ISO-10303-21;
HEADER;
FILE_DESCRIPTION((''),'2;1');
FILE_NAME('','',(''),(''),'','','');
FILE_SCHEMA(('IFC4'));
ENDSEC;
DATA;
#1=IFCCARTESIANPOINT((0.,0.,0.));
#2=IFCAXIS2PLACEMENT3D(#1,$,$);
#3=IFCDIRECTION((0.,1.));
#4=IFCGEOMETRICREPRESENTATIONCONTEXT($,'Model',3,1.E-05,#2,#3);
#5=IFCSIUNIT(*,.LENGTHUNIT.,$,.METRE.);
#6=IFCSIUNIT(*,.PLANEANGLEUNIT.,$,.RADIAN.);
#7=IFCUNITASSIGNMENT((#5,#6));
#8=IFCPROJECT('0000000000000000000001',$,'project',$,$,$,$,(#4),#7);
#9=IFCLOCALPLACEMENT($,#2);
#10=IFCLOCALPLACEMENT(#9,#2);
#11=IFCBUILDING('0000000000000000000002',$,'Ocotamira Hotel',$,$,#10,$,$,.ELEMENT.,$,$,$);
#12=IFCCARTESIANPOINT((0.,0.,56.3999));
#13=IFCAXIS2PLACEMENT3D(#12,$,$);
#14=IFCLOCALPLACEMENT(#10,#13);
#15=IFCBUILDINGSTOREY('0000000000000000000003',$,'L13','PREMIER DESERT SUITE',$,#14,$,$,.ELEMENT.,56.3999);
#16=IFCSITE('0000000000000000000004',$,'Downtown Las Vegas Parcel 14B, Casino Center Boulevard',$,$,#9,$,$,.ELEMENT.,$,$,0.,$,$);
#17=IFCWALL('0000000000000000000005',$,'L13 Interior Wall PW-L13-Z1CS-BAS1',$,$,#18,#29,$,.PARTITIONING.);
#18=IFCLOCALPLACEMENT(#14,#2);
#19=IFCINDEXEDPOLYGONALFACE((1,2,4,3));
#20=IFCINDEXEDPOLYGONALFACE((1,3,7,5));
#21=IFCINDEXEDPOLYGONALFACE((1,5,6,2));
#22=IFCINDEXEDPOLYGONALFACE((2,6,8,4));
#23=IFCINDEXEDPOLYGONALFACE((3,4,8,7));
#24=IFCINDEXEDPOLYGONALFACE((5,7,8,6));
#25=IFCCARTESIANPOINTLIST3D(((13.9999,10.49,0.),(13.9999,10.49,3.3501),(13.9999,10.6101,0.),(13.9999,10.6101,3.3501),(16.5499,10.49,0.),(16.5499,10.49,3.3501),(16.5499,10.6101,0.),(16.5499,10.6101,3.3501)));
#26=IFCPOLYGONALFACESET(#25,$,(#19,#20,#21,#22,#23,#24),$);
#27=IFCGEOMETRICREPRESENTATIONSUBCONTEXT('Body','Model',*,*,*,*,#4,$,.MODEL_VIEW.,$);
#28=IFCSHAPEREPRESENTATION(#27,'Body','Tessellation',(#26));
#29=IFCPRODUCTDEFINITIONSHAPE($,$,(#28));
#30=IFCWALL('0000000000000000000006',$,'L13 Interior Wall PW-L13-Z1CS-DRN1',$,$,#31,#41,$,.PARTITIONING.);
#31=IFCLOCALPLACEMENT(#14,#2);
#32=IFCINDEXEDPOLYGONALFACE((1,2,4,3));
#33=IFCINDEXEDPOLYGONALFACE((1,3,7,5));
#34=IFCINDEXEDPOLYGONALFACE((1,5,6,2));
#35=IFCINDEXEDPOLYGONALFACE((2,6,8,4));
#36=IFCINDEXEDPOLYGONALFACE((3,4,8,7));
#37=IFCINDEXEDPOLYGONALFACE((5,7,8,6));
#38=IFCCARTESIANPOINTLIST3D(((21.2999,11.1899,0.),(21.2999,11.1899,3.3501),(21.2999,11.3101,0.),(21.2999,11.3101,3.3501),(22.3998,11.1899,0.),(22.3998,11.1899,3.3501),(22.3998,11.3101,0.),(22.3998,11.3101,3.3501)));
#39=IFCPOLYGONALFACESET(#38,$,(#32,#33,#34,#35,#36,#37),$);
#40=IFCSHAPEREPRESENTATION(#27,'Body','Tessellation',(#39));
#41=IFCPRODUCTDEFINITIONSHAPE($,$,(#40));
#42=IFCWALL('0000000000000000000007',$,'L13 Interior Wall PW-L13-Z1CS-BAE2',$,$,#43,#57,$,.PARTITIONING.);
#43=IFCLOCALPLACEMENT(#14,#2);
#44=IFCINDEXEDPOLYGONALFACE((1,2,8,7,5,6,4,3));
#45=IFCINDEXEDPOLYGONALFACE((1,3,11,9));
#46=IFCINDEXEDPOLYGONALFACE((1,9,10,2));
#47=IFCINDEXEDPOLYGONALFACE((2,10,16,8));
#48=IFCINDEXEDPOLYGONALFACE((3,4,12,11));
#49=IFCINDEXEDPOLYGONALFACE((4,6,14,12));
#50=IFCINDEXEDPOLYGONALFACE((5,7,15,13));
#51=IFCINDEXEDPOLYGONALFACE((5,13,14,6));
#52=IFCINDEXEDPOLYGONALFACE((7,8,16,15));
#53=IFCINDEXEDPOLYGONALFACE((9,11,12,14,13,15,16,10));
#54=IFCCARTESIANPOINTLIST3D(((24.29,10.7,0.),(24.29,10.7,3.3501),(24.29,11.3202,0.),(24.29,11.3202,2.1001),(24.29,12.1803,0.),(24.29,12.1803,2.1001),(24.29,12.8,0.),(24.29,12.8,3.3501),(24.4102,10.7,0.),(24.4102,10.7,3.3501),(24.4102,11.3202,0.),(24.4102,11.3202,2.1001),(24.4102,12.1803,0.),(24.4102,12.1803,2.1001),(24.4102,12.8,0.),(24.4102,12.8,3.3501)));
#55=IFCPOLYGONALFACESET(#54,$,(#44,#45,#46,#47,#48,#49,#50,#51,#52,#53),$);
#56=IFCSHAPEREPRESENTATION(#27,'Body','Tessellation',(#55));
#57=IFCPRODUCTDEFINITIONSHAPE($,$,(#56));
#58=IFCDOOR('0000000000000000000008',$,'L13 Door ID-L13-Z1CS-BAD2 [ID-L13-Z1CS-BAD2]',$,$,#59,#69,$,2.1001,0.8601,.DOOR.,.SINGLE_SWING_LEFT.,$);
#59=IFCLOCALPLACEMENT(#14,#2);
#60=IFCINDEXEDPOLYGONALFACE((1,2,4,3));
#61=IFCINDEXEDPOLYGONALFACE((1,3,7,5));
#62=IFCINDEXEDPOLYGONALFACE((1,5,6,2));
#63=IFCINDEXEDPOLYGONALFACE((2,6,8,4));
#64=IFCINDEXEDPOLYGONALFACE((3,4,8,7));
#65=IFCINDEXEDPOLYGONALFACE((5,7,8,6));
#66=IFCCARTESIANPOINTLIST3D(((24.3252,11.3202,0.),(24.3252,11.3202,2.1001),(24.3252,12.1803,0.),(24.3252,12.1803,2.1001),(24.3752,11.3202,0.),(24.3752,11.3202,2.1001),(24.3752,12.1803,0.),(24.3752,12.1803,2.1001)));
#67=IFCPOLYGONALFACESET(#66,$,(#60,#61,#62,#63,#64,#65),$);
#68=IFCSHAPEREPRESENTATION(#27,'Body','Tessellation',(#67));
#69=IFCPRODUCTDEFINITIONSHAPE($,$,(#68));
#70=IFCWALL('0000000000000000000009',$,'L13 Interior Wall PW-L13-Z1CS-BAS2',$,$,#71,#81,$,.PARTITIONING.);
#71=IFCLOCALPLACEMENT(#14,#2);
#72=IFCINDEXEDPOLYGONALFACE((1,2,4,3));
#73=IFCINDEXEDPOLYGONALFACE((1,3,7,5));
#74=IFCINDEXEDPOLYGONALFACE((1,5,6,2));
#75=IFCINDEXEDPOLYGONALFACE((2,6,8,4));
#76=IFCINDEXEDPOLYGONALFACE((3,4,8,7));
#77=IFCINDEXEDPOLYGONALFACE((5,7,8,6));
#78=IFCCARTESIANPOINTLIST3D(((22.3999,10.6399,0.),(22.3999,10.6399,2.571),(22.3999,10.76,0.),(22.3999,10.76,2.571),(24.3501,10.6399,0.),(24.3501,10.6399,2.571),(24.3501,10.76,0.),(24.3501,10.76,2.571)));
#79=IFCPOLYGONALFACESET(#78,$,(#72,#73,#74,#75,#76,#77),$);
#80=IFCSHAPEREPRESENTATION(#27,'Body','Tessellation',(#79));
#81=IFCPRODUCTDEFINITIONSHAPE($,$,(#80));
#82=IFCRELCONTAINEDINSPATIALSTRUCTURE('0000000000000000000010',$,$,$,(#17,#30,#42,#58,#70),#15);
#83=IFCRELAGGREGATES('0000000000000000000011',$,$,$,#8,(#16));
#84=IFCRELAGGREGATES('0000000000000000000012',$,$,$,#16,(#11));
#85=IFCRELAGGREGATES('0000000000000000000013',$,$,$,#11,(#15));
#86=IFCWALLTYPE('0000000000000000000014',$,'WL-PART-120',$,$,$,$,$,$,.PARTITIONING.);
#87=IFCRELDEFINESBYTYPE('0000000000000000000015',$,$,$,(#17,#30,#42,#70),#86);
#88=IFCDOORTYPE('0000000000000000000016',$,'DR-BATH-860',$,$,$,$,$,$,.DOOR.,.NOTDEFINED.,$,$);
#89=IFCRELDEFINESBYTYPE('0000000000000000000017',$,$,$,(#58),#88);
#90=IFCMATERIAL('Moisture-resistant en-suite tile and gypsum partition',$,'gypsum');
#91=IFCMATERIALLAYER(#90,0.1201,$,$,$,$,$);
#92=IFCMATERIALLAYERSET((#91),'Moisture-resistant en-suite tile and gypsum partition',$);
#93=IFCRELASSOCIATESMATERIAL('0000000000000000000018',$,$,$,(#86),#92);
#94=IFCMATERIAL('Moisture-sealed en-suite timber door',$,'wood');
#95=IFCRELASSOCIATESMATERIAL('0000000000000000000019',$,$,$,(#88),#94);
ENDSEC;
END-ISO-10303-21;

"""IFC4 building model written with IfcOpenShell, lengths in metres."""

from ifc_helpers import new_model, si_unit, direction, frame, frame_2d, origin, place, context, subcontext, project, spatial, rectangle, extrude, source, transform, mapped, material, layer, layer_set, type_object, element, fill, save


model = new_model("IFC4")

# Units and contexts
model_context = context("Model", 3, precision=1e-05, world=origin(), true_north=direction((0.0, 1.0)))
body_context = subcontext(model_context, "Body", "Model", "MODEL_VIEW")
ifc_project = project(units=[si_unit("LENGTHUNIT", "METRE"), si_unit("PLANEANGLEUNIT", "RADIAN")], contexts=[model_context])

# Site, building, storey
site_placement = place(None, origin())
site = spatial("IfcSite", under=ifc_project, at=site_placement, Name="Downtown Las Vegas Parcel 14B, Casino Center Boulevard", CompositionType="ELEMENT", RefElevation=0.0)
building_placement = place(site_placement, origin())
building = spatial("IfcBuilding", under=site, at=building_placement, Name="Ocotamira Hotel", CompositionType="ELEMENT")
storey_placement = place(building_placement, frame((0.0, 0.0, 56.3999)))
storey = spatial("IfcBuildingStorey", under=building, at=storey_placement, Name="L13", Description="PREMIER DESERT SUITE", CompositionType="ELEMENT", Elevation=56.3999)

# Shared definitions
ifc_material_1 = material(Name="Moisture-resistant en-suite tile and gypsum partition", Category="gypsum")
ifc_layer_1 = layer(ifc_material_1, 0.1201)
ifc_layer_set_1 = layer_set([ifc_layer_1], Name="Moisture-resistant en-suite tile and gypsum partition")
wall_type_1 = type_object("IfcWallType", Name="WL-PART-120", PredefinedType="PARTITIONING", material=ifc_layer_set_1)

# Walls
wall_1_placement = place(storey_placement, frame((14.0, 10.55, 0.0), z_axis=(0.0, 0.0, 1.0), x_axis=(1.0, 0.0, 0.0)))
element("IfcWall", 1, at=wall_1_placement, inside=storey, type_object=wall_type_1, Name="L13 Interior Wall PW-L13-Z1CS-BAS1", PredefinedType="PARTITIONING", context=body_context, shape_type="SweptSolid", body=[
    extrude(rectangle(XDim=2.55, YDim=0.1201, at=frame_2d((1.2749, 0.0))), origin(), (0.0, 0.0, 1.0), 3.3501),
])
wall_2_placement = place(storey_placement, frame((21.3, 11.25, 0.0), z_axis=(0.0, 0.0, 1.0), x_axis=(1.0, 0.0, 0.0)))
element("IfcWall", 2, at=wall_2_placement, inside=storey, type_object=wall_type_1, Name="L13 Interior Wall PW-L13-Z1CS-DRN1", PredefinedType="PARTITIONING", context=body_context, shape_type="SweptSolid", body=[
    extrude(rectangle(XDim=1.0999, YDim=0.1201, at=frame_2d((0.5498, 0.0))), origin(), (0.0, 0.0, 1.0), 3.3501),
])

# Wall, opening, door
wall_3_placement = place(storey_placement, frame((24.3501, 10.7, 0.0), z_axis=(0.0, 0.0, 1.0), x_axis=(0.0, 1.0, 0.0)))
wall_3 = element("IfcWall", 3, at=wall_3_placement, inside=storey, type_object=wall_type_1, Name="L13 Interior Wall PW-L13-Z1CS-BAE2", PredefinedType="PARTITIONING", context=body_context, shape_type="SweptSolid", body=[
    extrude(rectangle(XDim=2.1001, YDim=0.1201, at=frame_2d((1.05, 0.0))), origin(), (0.0, 0.0, 1.0), 3.3501),
])
opening_1_placement = place(wall_3_placement, frame((0.6201, 0.0, 0.0)))
opening_1 = element("IfcOpeningElement", 4, at=opening_1_placement, cuts=wall_3, PredefinedType="OPENING", context=body_context, shape_type="SweptSolid", body=[
    extrude(rectangle(XDim=0.8601, YDim=2.1001, at=frame_2d((0.4302, 1.05))), frame((0.0, 0.0701, 0.0), z_axis=(0.0, -1.0, 0.0), x_axis=(1.0, 0.0, 0.0)), (0.0, 0.0, 1.0), 0.1401),
])
ifc_material_2 = material(Name="Moisture-sealed en-suite timber door", Category="wood")
door_type_1 = type_object("IfcDoorType", Name="DR-BATH-860", OperationType="NOTDEFINED", PredefinedType="DOOR", material=ifc_material_2)
shared_shape_1 = source(origin(), body_context, "Body", "SweptSolid", [
    extrude(rectangle(XDim=0.8601, YDim=2.1001, at=frame_2d((0.4302, 1.05))), frame((0.0, 0.0249, 0.0), z_axis=(0.0, -1.0, 0.0), x_axis=(1.0, 0.0, 0.0)), (0.0, 0.0, 1.0), 0.05),
])
door_1_placement = place(opening_1_placement, origin())
door_1 = element("IfcDoor", 5, at=door_1_placement, inside=storey, type_object=door_type_1, Name="L13 Door ID-L13-Z1CS-BAD2 [ID-L13-Z1CS-BAD2]", OperationType="SINGLE_SWING_LEFT", OverallHeight=2.1001, OverallWidth=0.8601, PredefinedType="DOOR", context=body_context, shape_type="MappedRepresentation", body=[
    mapped(shared_shape_1, transform((0.0, 0.0, 0.0), scale=1.0)),
])
fill(opening_1, door_1)

# Wall
wall_4_placement = place(storey_placement, frame((22.3999, 10.7, 0.0), z_axis=(0.0, 0.0, 1.0), x_axis=(1.0, 0.0, 0.0)))
element("IfcWall", 6, at=wall_4_placement, inside=storey, type_object=wall_type_1, Name="L13 Interior Wall PW-L13-Z1CS-BAS2", PredefinedType="PARTITIONING", context=body_context, shape_type="SweptSolid", body=[
    extrude(rectangle(XDim=1.9502, YDim=0.1201, at=frame_2d((0.9751, 0.0))), origin(), (0.0, 0.0, 1.0), 2.571),
])

save(model, "model.ifc")
